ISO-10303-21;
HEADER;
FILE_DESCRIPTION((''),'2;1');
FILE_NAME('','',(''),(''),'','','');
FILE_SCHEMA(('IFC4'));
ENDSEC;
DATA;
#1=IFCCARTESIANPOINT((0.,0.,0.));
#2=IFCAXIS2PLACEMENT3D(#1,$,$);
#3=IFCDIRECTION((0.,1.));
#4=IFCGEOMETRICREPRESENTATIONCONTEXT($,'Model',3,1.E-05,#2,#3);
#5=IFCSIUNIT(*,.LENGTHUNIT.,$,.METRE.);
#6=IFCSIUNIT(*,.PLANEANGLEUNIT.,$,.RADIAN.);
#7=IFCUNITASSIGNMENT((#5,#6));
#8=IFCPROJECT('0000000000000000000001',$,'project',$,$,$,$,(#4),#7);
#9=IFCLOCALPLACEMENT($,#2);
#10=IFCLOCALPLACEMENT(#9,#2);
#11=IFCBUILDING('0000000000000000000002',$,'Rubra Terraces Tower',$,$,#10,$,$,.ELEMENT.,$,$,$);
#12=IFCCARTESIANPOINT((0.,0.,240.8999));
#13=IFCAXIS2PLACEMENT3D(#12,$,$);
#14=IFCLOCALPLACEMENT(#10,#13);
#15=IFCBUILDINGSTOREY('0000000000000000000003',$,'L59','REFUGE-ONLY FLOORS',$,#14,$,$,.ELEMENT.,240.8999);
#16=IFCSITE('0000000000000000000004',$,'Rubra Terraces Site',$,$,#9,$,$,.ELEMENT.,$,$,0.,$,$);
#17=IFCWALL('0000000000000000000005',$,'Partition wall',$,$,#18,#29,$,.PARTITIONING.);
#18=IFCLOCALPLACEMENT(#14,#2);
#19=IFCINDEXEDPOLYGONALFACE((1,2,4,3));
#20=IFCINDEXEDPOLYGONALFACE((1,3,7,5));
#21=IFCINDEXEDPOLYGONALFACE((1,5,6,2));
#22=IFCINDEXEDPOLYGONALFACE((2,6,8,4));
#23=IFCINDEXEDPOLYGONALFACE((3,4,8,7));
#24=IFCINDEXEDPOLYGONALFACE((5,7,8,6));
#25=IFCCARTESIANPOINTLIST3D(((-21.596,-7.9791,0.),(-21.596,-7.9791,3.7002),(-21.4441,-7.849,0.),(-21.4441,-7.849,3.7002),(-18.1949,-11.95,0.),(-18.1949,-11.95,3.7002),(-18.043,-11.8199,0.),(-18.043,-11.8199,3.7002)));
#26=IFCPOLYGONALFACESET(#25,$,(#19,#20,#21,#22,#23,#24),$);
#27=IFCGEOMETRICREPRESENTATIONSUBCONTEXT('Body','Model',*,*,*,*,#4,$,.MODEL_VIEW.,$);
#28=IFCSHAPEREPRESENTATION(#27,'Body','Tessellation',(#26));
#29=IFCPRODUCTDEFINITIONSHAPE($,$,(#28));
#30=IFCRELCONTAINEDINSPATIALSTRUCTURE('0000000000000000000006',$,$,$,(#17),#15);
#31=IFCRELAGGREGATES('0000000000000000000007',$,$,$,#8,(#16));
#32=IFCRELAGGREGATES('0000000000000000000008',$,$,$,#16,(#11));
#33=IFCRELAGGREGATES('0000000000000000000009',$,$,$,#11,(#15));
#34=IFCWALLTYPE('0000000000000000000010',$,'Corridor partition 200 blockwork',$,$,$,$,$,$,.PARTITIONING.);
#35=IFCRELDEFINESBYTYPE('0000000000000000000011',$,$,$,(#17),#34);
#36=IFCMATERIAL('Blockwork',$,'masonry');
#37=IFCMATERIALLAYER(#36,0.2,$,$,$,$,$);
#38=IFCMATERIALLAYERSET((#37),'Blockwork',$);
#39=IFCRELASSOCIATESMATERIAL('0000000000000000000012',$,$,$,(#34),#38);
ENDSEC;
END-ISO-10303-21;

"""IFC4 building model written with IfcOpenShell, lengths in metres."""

from ifc_helpers import new_model, si_unit, direction, frame, frame_2d, origin, place, context, subcontext, project, spatial, rectangle, extrude, material, layer, layer_set, type_object, element, save


model = new_model("IFC4")

# Units and contexts
model_context = context("Model", 3, precision=1e-05, world=origin(), true_north=direction((0.0, 1.0)))
body_context = subcontext(model_context, "Body", "Model", "MODEL_VIEW")
ifc_project = project(units=[si_unit("LENGTHUNIT", "METRE"), si_unit("PLANEANGLEUNIT", "RADIAN")], contexts=[model_context])

# Site, building, storey
site_placement = place(None, origin())
site = spatial("IfcSite", under=ifc_project, at=site_placement, Name="Rubra Terraces Site", CompositionType="ELEMENT", RefElevation=0.0)
building_placement = place(site_placement, origin())
building = spatial("IfcBuilding", under=site, at=building_placement, Name="Rubra Terraces Tower", CompositionType="ELEMENT")
storey_placement = place(building_placement, frame((0.0, 0.0, 240.8999)))
storey = spatial("IfcBuildingStorey", under=building, at=storey_placement, Name="L59", Description="REFUGE-ONLY FLOORS", CompositionType="ELEMENT", Elevation=240.8999)

# Wall
ifc_material_1 = material(Name="Blockwork", Category="masonry")
ifc_layer_1 = layer(ifc_material_1, 0.2)
ifc_layer_set_1 = layer_set([ifc_layer_1], Name="Blockwork")
wall_type_1 = type_object("IfcWallType", Name="Corridor partition 200 blockwork", PredefinedType="PARTITIONING", material=ifc_layer_set_1)
wall_1_placement = place(storey_placement, frame((-18.1189, -11.885, 0.0), z_axis=(0.0, 0.0, 1.0), x_axis=(-0.650511, 0.759497, 0.0)))
element("IfcWall", 1, at=wall_1_placement, inside=storey, type_object=wall_type_1, Name="Partition wall", PredefinedType="PARTITIONING", context=body_context, shape_type="SweptSolid", body=[
    extrude(rectangle(XDim=5.2283, YDim=0.2, at=frame_2d((2.6143, 0.0))), origin(), (0.0, 0.0, 1.0), 3.7002),
])

save(model, "model.ifc")
